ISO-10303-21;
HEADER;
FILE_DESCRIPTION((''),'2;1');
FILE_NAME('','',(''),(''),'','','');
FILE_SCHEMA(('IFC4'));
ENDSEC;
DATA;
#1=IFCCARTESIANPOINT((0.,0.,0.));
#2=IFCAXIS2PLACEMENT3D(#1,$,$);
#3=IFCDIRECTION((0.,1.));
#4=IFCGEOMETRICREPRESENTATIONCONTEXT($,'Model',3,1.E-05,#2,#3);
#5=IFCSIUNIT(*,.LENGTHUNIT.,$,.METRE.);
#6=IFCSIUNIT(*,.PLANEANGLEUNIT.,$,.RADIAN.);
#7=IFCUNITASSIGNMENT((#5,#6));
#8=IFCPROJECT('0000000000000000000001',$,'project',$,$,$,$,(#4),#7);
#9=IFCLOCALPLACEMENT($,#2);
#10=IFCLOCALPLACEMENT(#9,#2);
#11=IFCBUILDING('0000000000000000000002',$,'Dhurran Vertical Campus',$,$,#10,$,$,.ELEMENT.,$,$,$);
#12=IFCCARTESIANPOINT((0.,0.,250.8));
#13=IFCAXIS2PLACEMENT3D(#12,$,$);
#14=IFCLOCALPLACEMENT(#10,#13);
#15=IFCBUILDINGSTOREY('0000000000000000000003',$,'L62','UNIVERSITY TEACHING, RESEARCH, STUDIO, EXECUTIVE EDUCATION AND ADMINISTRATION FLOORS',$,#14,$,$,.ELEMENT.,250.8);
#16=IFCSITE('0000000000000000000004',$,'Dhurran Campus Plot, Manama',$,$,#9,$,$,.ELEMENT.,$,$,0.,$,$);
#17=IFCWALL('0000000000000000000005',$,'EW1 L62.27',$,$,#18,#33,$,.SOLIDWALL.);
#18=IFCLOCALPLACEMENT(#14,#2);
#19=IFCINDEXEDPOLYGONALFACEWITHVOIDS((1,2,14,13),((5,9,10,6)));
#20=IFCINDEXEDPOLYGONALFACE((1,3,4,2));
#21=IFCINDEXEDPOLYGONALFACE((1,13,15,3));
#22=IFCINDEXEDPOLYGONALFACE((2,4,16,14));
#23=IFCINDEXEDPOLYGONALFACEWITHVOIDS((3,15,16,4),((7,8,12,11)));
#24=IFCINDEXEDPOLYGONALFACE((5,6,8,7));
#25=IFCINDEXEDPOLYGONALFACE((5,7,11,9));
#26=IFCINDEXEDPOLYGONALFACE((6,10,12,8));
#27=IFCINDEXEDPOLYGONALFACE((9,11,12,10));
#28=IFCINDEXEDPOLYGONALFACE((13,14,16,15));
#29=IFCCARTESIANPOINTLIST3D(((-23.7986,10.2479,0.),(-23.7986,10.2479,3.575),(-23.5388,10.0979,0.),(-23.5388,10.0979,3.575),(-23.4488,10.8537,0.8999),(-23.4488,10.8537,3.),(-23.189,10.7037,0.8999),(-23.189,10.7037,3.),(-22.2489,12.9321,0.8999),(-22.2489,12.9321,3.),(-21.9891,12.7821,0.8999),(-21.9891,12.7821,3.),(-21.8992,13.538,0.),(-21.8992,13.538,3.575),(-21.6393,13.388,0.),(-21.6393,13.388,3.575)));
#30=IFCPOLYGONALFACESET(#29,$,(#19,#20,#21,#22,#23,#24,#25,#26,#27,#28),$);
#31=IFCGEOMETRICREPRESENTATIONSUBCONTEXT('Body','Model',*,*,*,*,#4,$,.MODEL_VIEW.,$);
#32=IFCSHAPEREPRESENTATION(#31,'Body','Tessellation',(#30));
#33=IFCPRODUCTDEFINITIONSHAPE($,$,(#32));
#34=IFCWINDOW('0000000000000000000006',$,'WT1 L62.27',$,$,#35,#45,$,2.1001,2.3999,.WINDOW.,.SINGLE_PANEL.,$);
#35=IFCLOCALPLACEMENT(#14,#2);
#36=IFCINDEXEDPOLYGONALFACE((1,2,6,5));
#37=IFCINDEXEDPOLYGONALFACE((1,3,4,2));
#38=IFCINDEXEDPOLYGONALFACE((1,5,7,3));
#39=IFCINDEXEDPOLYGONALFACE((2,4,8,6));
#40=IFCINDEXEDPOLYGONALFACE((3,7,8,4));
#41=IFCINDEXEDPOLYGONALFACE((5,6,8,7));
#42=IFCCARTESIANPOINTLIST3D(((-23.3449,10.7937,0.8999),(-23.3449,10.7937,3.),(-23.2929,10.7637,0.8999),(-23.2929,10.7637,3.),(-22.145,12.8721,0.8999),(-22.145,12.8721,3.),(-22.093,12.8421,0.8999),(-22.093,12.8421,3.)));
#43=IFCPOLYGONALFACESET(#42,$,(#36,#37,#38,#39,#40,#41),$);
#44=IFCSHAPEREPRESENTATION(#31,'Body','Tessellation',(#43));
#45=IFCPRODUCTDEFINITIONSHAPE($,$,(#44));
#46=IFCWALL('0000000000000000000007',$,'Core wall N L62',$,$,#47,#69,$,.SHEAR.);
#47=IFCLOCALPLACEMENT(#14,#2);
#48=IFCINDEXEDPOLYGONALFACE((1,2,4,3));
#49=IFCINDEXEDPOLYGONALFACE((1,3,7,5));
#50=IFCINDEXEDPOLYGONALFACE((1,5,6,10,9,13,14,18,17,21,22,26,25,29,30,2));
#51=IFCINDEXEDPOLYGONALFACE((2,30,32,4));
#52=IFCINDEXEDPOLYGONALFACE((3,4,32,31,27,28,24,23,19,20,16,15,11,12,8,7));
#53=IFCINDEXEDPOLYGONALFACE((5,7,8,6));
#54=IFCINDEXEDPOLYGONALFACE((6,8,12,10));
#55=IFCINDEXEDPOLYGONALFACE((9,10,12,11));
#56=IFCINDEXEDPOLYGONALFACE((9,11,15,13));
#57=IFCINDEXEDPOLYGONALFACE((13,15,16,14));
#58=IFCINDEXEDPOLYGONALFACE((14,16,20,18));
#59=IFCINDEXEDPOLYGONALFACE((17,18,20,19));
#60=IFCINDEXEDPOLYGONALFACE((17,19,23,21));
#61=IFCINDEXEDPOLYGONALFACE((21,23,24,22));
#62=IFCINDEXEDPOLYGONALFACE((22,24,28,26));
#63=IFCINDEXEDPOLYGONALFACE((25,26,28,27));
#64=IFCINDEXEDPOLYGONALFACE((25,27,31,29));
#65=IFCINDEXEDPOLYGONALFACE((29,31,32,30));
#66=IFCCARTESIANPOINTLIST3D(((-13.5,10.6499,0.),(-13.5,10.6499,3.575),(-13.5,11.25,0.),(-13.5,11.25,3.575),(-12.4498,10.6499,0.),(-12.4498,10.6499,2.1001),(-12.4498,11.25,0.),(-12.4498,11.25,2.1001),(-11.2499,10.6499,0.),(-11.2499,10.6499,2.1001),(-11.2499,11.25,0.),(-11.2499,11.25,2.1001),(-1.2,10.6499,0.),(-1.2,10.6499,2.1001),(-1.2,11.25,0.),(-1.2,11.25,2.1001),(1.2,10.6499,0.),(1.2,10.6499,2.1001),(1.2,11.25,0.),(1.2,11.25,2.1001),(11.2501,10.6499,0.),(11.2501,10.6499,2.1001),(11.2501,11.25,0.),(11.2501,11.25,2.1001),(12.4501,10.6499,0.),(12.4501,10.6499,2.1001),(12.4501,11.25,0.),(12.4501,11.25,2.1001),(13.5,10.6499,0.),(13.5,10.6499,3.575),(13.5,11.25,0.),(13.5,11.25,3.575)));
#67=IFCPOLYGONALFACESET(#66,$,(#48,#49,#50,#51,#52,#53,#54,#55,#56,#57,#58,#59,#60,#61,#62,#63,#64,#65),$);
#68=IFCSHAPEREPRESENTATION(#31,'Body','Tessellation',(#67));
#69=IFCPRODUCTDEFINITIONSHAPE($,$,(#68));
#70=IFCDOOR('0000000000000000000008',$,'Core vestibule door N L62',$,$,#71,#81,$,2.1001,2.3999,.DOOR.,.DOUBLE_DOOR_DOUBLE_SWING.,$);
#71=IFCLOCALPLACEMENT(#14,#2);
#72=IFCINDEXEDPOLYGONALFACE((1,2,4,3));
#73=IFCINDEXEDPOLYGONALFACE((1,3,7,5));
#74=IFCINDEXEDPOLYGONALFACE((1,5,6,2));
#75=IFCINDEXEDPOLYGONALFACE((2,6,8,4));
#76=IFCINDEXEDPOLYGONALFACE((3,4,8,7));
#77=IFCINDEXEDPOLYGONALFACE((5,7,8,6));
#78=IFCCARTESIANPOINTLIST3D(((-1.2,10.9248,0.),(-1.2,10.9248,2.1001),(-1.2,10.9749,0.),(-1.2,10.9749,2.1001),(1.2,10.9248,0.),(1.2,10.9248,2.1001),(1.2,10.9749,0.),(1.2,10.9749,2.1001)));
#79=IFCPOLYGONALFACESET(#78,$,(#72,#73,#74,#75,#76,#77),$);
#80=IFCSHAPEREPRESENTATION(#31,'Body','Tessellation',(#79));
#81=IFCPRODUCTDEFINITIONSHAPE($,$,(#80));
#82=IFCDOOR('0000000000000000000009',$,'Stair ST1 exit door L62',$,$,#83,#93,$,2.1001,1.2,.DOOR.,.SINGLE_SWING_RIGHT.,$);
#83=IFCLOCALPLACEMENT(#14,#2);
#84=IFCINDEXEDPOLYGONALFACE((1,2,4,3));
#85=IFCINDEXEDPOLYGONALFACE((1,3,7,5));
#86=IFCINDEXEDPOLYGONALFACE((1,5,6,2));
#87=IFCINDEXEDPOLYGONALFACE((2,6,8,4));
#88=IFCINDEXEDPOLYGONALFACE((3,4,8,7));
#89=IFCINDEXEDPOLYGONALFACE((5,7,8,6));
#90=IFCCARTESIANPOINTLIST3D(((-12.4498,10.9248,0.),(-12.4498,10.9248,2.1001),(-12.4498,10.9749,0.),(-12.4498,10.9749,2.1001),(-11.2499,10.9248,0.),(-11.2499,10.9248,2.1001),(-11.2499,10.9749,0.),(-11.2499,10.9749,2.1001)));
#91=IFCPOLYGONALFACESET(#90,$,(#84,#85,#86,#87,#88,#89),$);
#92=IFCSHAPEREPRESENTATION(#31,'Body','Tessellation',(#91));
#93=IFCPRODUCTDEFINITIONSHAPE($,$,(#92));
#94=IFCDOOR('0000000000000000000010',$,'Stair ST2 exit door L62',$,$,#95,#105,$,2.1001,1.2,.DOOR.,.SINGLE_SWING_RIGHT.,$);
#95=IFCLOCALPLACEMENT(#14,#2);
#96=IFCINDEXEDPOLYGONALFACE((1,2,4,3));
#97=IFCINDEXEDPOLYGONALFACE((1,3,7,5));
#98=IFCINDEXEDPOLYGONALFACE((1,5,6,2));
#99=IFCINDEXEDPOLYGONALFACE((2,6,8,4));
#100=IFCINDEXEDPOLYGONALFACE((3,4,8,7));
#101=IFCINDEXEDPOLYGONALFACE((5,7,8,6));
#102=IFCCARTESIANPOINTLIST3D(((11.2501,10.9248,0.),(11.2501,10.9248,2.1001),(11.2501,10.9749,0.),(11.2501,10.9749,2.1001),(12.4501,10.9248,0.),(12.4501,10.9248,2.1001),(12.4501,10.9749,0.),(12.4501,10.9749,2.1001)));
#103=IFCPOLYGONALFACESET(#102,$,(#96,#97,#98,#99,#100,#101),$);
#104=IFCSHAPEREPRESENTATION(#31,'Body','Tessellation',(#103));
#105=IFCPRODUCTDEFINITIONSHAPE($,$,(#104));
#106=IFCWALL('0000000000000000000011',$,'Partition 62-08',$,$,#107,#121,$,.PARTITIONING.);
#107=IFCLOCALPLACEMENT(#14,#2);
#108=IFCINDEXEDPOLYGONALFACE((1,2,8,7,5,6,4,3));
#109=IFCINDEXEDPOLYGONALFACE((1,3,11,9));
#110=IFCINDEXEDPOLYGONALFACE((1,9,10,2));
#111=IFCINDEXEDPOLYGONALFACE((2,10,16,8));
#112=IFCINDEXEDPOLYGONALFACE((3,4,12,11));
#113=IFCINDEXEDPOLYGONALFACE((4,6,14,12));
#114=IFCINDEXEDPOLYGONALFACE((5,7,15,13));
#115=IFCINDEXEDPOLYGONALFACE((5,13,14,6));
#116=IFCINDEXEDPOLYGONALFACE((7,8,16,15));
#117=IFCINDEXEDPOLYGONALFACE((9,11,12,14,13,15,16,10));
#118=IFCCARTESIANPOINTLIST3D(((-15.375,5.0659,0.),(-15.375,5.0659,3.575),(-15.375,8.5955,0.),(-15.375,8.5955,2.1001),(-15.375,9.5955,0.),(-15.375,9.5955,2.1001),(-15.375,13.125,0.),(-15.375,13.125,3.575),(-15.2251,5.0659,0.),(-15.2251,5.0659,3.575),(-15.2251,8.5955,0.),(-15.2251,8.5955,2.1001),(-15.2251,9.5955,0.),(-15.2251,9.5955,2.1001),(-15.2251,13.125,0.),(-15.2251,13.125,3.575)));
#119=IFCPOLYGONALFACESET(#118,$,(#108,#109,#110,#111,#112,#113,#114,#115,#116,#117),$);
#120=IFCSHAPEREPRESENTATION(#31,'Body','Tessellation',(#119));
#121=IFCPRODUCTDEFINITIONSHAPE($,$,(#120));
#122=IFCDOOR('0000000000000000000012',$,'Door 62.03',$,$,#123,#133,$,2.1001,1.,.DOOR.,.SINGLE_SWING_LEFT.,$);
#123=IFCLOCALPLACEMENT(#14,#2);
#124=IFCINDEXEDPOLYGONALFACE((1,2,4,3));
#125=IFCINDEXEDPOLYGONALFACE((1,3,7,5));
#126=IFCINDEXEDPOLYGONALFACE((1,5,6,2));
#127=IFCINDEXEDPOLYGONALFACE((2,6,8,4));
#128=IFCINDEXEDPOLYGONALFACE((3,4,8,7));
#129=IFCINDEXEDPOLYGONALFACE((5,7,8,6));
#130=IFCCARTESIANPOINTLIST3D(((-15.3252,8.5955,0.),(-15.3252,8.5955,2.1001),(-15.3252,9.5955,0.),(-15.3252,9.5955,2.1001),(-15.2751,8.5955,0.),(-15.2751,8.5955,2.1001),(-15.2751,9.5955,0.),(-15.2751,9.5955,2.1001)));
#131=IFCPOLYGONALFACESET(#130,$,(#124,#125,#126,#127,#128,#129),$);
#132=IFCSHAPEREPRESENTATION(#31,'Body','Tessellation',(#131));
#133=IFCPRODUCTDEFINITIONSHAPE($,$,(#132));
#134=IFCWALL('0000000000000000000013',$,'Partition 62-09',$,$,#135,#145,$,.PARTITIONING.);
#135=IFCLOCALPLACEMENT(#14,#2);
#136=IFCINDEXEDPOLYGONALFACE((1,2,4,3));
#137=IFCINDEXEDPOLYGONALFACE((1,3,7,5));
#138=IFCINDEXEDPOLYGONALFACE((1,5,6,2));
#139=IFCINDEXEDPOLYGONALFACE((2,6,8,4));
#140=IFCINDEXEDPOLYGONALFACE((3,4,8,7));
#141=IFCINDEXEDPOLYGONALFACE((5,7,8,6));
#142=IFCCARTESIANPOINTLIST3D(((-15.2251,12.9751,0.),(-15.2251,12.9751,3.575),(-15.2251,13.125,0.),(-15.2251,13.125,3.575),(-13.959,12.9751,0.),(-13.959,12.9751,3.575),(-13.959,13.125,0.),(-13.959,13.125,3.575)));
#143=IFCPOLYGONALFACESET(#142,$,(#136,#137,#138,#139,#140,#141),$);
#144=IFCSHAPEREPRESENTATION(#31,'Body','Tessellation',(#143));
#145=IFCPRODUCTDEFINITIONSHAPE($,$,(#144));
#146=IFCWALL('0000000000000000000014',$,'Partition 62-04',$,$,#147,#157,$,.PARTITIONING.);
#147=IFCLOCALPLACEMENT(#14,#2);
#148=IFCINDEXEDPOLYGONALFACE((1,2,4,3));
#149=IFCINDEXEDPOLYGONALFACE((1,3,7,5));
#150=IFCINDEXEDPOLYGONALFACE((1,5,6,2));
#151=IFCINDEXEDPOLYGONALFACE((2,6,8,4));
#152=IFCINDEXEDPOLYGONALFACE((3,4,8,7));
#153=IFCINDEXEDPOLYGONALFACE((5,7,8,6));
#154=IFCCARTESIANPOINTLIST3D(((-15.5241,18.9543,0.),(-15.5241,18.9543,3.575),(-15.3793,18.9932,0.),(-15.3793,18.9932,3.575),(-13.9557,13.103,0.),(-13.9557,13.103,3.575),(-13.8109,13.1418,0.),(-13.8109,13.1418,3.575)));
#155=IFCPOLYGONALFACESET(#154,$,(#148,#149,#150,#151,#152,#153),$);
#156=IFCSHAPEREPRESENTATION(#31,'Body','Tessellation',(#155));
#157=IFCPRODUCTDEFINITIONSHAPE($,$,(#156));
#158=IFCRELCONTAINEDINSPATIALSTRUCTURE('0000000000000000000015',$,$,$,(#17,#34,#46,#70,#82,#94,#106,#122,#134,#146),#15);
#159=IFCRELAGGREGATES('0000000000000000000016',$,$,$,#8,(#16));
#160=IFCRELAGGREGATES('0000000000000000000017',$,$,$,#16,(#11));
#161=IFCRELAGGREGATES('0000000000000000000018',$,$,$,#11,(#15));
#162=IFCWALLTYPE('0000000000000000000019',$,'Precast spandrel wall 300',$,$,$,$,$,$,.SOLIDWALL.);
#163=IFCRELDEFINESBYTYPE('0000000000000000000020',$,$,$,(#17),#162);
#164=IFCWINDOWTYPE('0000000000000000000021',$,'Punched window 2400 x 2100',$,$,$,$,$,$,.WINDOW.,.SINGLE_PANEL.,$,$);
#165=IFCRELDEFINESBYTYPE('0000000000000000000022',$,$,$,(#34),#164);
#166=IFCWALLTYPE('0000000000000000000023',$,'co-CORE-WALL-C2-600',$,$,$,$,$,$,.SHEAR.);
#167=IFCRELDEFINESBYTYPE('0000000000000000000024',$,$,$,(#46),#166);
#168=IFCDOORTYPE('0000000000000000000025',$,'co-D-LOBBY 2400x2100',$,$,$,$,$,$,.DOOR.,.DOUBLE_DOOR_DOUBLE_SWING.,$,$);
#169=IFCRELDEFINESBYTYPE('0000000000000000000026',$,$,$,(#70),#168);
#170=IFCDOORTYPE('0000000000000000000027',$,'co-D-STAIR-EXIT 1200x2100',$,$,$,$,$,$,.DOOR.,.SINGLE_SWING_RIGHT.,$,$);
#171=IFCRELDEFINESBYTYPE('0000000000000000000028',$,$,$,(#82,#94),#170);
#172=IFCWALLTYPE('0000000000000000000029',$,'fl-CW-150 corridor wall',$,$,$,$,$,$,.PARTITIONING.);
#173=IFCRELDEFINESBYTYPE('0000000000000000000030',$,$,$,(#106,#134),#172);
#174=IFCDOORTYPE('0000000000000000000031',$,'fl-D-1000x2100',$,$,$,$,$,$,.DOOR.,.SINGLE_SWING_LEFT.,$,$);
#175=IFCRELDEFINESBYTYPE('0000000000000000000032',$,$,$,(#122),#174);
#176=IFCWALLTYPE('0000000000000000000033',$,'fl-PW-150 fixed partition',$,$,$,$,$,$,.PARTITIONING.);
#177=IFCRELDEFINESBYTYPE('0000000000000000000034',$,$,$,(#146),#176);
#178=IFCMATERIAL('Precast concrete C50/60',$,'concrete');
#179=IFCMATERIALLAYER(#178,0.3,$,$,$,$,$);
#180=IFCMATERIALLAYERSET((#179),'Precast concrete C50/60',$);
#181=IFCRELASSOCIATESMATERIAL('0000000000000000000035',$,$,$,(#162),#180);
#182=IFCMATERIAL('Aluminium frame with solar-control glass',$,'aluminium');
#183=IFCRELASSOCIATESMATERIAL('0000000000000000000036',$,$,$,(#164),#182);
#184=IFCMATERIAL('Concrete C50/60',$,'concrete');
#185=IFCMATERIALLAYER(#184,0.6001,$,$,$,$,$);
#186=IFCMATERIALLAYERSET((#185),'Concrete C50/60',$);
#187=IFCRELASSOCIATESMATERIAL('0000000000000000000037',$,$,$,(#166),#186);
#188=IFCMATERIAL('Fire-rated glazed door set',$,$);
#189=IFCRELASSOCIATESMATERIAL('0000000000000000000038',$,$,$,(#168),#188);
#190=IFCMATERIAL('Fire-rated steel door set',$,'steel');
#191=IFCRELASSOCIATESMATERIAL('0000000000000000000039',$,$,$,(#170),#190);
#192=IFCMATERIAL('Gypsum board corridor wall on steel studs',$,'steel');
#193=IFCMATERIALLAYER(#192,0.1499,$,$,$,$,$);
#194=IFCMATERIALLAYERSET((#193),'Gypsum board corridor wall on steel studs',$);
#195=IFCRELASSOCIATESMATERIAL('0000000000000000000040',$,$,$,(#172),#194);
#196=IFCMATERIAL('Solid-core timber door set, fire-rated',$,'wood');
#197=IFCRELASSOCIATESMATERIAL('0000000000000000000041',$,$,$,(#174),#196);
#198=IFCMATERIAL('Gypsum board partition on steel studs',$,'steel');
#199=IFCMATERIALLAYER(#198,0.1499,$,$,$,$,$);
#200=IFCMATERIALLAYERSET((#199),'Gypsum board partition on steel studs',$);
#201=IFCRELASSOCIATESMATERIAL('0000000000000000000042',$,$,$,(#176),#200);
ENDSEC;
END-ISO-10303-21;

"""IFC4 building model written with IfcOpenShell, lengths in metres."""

from ifc_helpers import new_model, si_unit, direction, frame, frame_2d, origin, place, context, subcontext, project, spatial, rectangle, extrude, material, layer, layer_set, type_object, element, fill, save


model = new_model("IFC4")

# Units and contexts
model_context = context("Model", 3, precision=1e-05, world=origin(), true_north=direction((0.0, 1.0)))
body_context = subcontext(model_context, "Body", "Model", "MODEL_VIEW")
ifc_project = project(units=[si_unit("LENGTHUNIT", "METRE"), si_unit("PLANEANGLEUNIT", "RADIAN")], contexts=[model_context])

# Site, building, storey
site_placement = place(None, origin())
site = spatial("IfcSite", under=ifc_project, at=site_placement, Name="Dhurran Campus Plot, Manama", CompositionType="ELEMENT", RefElevation=0.0)
building_placement = place(site_placement, origin())
building = spatial("IfcBuilding", under=site, at=building_placement, Name="Dhurran Vertical Campus", CompositionType="ELEMENT")
storey_placement = place(building_placement, frame((0.0, 0.0, 250.8)))
storey = spatial("IfcBuildingStorey", under=building, at=storey_placement, Name="L62", Description="UNIVERSITY TEACHING, RESEARCH, STUDIO, EXECUTIVE EDUCATION AND ADMINISTRATION FLOORS", CompositionType="ELEMENT", Elevation=250.8)

# Wall, opening, window
ifc_material_1 = material(Name="Precast concrete C50/60", Category="concrete")
ifc_layer_1 = layer(ifc_material_1, 0.3)
ifc_layer_set_1 = layer_set([ifc_layer_1], Name="Precast concrete C50/60")
wall_type_1 = type_object("IfcWallType", Name="Precast spandrel wall 300", PredefinedType="SOLIDWALL", material=ifc_layer_set_1)
ifc_material_2 = material(Name="Aluminium frame with solar-control glass", Category="aluminium")
window_type = type_object("IfcWindowType", Name="Punched window 2400 x 2100", PartitioningType="SINGLE_PANEL", PredefinedType="WINDOW", material=ifc_material_2)
wall_1_placement = place(storey_placement, frame((-21.7693, 13.4629, 0.0), z_axis=(0.0, 0.0, 1.0), x_axis=(-0.499982, -0.866036, 0.0)))
wall_1 = element("IfcWall", 1, at=wall_1_placement, inside=storey, type_object=wall_type_1, Name="EW1 L62.27", PredefinedType="SOLIDWALL", context=body_context, shape_type="SweptSolid", body=[
    extrude(rectangle(XDim=3.7991, YDim=0.3, at=frame_2d((1.8994, 0.0))), origin(), (0.0, 0.0, 1.0), 3.575),
])
opening_1_placement = place(wall_1_placement, frame((0.6995, 0.0, 0.8999)))
opening_1 = element("IfcOpeningElement", 2, at=opening_1_placement, cuts=wall_1, PredefinedType="OPENING", context=body_context, shape_type="SweptSolid", body=[
    extrude(rectangle(XDim=2.3999, YDim=2.1001, at=frame_2d((1.2, 1.05))), frame((0.0, 0.1599, 0.0), z_axis=(0.0, -1.0, 0.0), x_axis=(1.0, 0.0, 0.0)), (0.0, 0.0, 1.0), 0.3201),
])
window_1_placement = place(opening_1_placement, origin())
window_1 = element("IfcWindow", 3, at=window_1_placement, inside=storey, type_object=window_type, Name="WT1 L62.27", OverallHeight=2.1001, OverallWidth=2.3999, PartitioningType="SINGLE_PANEL", PredefinedType="WINDOW", context=body_context, shape_type="SweptSolid", body=[
    extrude(rectangle(XDim=2.3999, YDim=2.1001, at=frame_2d((1.2, 1.05))), frame((0.0, 0.03, 0.0), z_axis=(0.0, -1.0, 0.0), x_axis=(1.0, 0.0, 0.0)), (0.0, 0.0, 1.0), 0.0601),
])
fill(opening_1, window_1)

# Wall, openings, doors
ifc_material_3 = material(Name="Concrete C50/60", Category="concrete")
ifc_layer_2 = layer(ifc_material_3, 0.6001)
ifc_layer_set_2 = layer_set([ifc_layer_2], Name="Concrete C50/60")
wall_type_2 = type_object("IfcWallType", Name="co-CORE-WALL-C2-600", PredefinedType="SHEAR", material=ifc_layer_set_2)
wall_2_placement = place(storey_placement, frame((-13.5, 10.95, 0.0), z_axis=(0.0, 0.0, 1.0), x_axis=(1.0, 0.0, 0.0)))
wall_2 = element("IfcWall", 4, at=wall_2_placement, inside=storey, type_object=wall_type_2, Name="Core wall N L62", PredefinedType="SHEAR", context=body_context, shape_type="SweptSolid", body=[
    extrude(rectangle(XDim=27.0, YDim=0.6001, at=frame_2d((13.5, 0.0))), origin(), (0.0, 0.0, 1.0), 3.575),
])
opening_2_placement = place(wall_2_placement, frame((12.3, 0.0, 0.0)))
opening_2 = element("IfcOpeningElement", 5, at=opening_2_placement, cuts=wall_2, PredefinedType="OPENING", context=body_context, shape_type="SweptSolid", body=[
    extrude(rectangle(XDim=2.3999, YDim=2.1001, at=frame_2d((1.2, 1.05))), frame((0.0, 0.3101, 0.0), z_axis=(0.0, -1.0, 0.0), x_axis=(1.0, 0.0, 0.0)), (0.0, 0.0, 1.0), 0.6201),
])
opening_3_placement = place(wall_2_placement, frame((1.05, 0.0, 0.0)))
opening_3 = element("IfcOpeningElement", 6, at=opening_3_placement, cuts=wall_2, PredefinedType="OPENING", context=body_context, shape_type="SweptSolid", body=[
    extrude(rectangle(XDim=1.2, YDim=2.1001, at=frame_2d((0.6001, 1.05))), frame((0.0, 0.3101, 0.0), z_axis=(0.0, -1.0, 0.0), x_axis=(1.0, 0.0, 0.0)), (0.0, 0.0, 1.0), 0.6201),
])
opening_4_placement = place(wall_2_placement, frame((24.75, 0.0, 0.0)))
opening_4 = element("IfcOpeningElement", 7, at=opening_4_placement, cuts=wall_2, PredefinedType="OPENING", context=body_context, shape_type="SweptSolid", body=[
    extrude(rectangle(XDim=1.2, YDim=2.1001, at=frame_2d((0.6001, 1.05))), frame((0.0, 0.3101, 0.0), z_axis=(0.0, -1.0, 0.0), x_axis=(1.0, 0.0, 0.0)), (0.0, 0.0, 1.0), 0.6201),
])
ifc_material_4 = material(Name="Fire-rated glazed door set")
door_type_1 = type_object("IfcDoorType", Name="co-D-LOBBY 2400x2100", OperationType="DOUBLE_DOOR_DOUBLE_SWING", PredefinedType="DOOR", material=ifc_material_4)
door_1_placement = place(opening_2_placement, origin())
door_1 = element("IfcDoor", 8, at=door_1_placement, inside=storey, type_object=door_type_1, Name="Core vestibule door N L62", OperationType="DOUBLE_DOOR_DOUBLE_SWING", OverallHeight=2.1001, OverallWidth=2.3999, PredefinedType="DOOR", context=body_context, shape_type="SweptSolid", body=[
    extrude(rectangle(XDim=2.3999, YDim=2.1001, at=frame_2d((1.2, 1.05))), frame((0.0, 0.0249, 0.0), z_axis=(0.0, -1.0, 0.0), x_axis=(1.0, 0.0, 0.0)), (0.0, 0.0, 1.0), 0.05),
])
fill(opening_2, door_1)
ifc_material_5 = material(Name="Fire-rated steel door set", Category="steel")
door_type_2 = type_object("IfcDoorType", Name="co-D-STAIR-EXIT 1200x2100", OperationType="SINGLE_SWING_RIGHT", PredefinedType="DOOR", material=ifc_material_5)
door_2_placement = place(opening_3_placement, origin())
door_2 = element("IfcDoor", 9, at=door_2_placement, inside=storey, type_object=door_type_2, Name="Stair ST1 exit door L62", OperationType="SINGLE_SWING_RIGHT", OverallHeight=2.1001, OverallWidth=1.2, PredefinedType="DOOR", context=body_context, shape_type="SweptSolid", body=[
    extrude(rectangle(XDim=1.2, YDim=2.1001, at=frame_2d((0.6001, 1.05))), frame((0.0, 0.0249, 0.0), z_axis=(0.0, -1.0, 0.0), x_axis=(1.0, 0.0, 0.0)), (0.0, 0.0, 1.0), 0.05),
])
fill(opening_3, door_2)
door_3_placement = place(opening_4_placement, origin())
door_3 = element("IfcDoor", 10, at=door_3_placement, inside=storey, type_object=door_type_2, Name="Stair ST2 exit door L62", OperationType="SINGLE_SWING_RIGHT", OverallHeight=2.1001, OverallWidth=1.2, PredefinedType="DOOR", context=body_context, shape_type="SweptSolid", body=[
    extrude(rectangle(XDim=1.2, YDim=2.1001, at=frame_2d((0.6001, 1.05))), frame((0.0, 0.0249, 0.0), z_axis=(0.0, -1.0, 0.0), x_axis=(1.0, 0.0, 0.0)), (0.0, 0.0, 1.0), 0.05),
])
fill(opening_4, door_3)

# Wall, opening, door
ifc_material_6 = material(Name="Gypsum board corridor wall on steel studs", Category="steel")
ifc_layer_3 = layer(ifc_material_6, 0.1499)
ifc_layer_set_3 = layer_set([ifc_layer_3], Name="Gypsum board corridor wall on steel studs")
wall_type_3 = type_object("IfcWallType", Name="fl-CW-150 corridor wall", PredefinedType="PARTITIONING", material=ifc_layer_set_3)
wall_3_placement = place(storey_placement, frame((-15.3, 13.125, 0.0), z_axis=(0.0, 0.0, 1.0), x_axis=(0.0, -1.0, 0.0)))
wall_3 = element("IfcWall", 11, at=wall_3_placement, inside=storey, type_object=wall_type_3, Name="Partition 62-08", PredefinedType="PARTITIONING", context=body_context, shape_type="SweptSolid", body=[
    extrude(rectangle(XDim=8.0591, YDim=0.1499, at=frame_2d((4.0295, 0.0))), origin(), (0.0, 0.0, 1.0), 3.575),
])
opening_5_placement = place(wall_3_placement, frame((3.5295, 0.0, 0.0)))
opening_5 = element("IfcOpeningElement", 12, at=opening_5_placement, cuts=wall_3, PredefinedType="OPENING", context=body_context, shape_type="SweptSolid", body=[
    extrude(rectangle(XDim=1.0, YDim=2.1001, at=frame_2d((0.5, 1.05))), frame((0.0, 0.085, 0.0), z_axis=(0.0, -1.0, 0.0), x_axis=(1.0, 0.0, 0.0)), (0.0, 0.0, 1.0), 0.1699),
])
ifc_material_7 = material(Name="Solid-core timber door set, fire-rated", Category="wood")
door_type_3 = type_object("IfcDoorType", Name="fl-D-1000x2100", OperationType="SINGLE_SWING_LEFT", PredefinedType="DOOR", material=ifc_material_7)
door_4_placement = place(opening_5_placement, origin())
door_4 = element("IfcDoor", 13, at=door_4_placement, inside=storey, type_object=door_type_3, Name="Door 62.03", OperationType="SINGLE_SWING_LEFT", OverallHeight=2.1001, OverallWidth=1.0, PredefinedType="DOOR", context=body_context, shape_type="SweptSolid", body=[
    extrude(rectangle(XDim=1.0, YDim=2.1001, at=frame_2d((0.5, 1.05))), frame((0.0, 0.0249, 0.0), z_axis=(0.0, -1.0, 0.0), x_axis=(1.0, 0.0, 0.0)), (0.0, 0.0, 1.0), 0.05),
])
fill(opening_5, door_4)

# Walls
wall_4_placement = place(storey_placement, frame((-13.959, 13.05, 0.0), z_axis=(0.0, 0.0, 1.0), x_axis=(-1.0, 0.0, 0.0)))
element("IfcWall", 14, at=wall_4_placement, inside=storey, type_object=wall_type_3, Name="Partition 62-09", PredefinedType="PARTITIONING", context=body_context, shape_type="SweptSolid", body=[
    extrude(rectangle(XDim=1.2661, YDim=0.1499, at=frame_2d((0.6331, 0.0))), origin(), (0.0, 0.0, 1.0), 3.575),
])
ifc_material_8 = material(Name="Gypsum board partition on steel studs", Category="steel")
ifc_layer_4 = layer(ifc_material_8, 0.1499)
ifc_layer_set_4 = layer_set([ifc_layer_4], Name="Gypsum board partition on steel studs")
wall_type_4 = type_object("IfcWallType", Name="fl-PW-150 fixed partition", PredefinedType="PARTITIONING", material=ifc_layer_set_4)
wall_5_placement = place(storey_placement, frame((-15.4517, 18.9736, 0.0), z_axis=(0.0, 0.0, 1.0), x_axis=(0.258897, -0.965905, 0.0)))
element("IfcWall", 15, at=wall_5_placement, inside=storey, type_object=wall_type_4, Name="Partition 62-04", PredefinedType="PARTITIONING", context=body_context, shape_type="SweptSolid", body=[
    extrude(rectangle(XDim=6.0579, YDim=0.1499, at=frame_2d((3.0288, 0.0))), origin(), (0.0, 0.0, 1.0), 3.575),
])

save(model, "model.ifc")
